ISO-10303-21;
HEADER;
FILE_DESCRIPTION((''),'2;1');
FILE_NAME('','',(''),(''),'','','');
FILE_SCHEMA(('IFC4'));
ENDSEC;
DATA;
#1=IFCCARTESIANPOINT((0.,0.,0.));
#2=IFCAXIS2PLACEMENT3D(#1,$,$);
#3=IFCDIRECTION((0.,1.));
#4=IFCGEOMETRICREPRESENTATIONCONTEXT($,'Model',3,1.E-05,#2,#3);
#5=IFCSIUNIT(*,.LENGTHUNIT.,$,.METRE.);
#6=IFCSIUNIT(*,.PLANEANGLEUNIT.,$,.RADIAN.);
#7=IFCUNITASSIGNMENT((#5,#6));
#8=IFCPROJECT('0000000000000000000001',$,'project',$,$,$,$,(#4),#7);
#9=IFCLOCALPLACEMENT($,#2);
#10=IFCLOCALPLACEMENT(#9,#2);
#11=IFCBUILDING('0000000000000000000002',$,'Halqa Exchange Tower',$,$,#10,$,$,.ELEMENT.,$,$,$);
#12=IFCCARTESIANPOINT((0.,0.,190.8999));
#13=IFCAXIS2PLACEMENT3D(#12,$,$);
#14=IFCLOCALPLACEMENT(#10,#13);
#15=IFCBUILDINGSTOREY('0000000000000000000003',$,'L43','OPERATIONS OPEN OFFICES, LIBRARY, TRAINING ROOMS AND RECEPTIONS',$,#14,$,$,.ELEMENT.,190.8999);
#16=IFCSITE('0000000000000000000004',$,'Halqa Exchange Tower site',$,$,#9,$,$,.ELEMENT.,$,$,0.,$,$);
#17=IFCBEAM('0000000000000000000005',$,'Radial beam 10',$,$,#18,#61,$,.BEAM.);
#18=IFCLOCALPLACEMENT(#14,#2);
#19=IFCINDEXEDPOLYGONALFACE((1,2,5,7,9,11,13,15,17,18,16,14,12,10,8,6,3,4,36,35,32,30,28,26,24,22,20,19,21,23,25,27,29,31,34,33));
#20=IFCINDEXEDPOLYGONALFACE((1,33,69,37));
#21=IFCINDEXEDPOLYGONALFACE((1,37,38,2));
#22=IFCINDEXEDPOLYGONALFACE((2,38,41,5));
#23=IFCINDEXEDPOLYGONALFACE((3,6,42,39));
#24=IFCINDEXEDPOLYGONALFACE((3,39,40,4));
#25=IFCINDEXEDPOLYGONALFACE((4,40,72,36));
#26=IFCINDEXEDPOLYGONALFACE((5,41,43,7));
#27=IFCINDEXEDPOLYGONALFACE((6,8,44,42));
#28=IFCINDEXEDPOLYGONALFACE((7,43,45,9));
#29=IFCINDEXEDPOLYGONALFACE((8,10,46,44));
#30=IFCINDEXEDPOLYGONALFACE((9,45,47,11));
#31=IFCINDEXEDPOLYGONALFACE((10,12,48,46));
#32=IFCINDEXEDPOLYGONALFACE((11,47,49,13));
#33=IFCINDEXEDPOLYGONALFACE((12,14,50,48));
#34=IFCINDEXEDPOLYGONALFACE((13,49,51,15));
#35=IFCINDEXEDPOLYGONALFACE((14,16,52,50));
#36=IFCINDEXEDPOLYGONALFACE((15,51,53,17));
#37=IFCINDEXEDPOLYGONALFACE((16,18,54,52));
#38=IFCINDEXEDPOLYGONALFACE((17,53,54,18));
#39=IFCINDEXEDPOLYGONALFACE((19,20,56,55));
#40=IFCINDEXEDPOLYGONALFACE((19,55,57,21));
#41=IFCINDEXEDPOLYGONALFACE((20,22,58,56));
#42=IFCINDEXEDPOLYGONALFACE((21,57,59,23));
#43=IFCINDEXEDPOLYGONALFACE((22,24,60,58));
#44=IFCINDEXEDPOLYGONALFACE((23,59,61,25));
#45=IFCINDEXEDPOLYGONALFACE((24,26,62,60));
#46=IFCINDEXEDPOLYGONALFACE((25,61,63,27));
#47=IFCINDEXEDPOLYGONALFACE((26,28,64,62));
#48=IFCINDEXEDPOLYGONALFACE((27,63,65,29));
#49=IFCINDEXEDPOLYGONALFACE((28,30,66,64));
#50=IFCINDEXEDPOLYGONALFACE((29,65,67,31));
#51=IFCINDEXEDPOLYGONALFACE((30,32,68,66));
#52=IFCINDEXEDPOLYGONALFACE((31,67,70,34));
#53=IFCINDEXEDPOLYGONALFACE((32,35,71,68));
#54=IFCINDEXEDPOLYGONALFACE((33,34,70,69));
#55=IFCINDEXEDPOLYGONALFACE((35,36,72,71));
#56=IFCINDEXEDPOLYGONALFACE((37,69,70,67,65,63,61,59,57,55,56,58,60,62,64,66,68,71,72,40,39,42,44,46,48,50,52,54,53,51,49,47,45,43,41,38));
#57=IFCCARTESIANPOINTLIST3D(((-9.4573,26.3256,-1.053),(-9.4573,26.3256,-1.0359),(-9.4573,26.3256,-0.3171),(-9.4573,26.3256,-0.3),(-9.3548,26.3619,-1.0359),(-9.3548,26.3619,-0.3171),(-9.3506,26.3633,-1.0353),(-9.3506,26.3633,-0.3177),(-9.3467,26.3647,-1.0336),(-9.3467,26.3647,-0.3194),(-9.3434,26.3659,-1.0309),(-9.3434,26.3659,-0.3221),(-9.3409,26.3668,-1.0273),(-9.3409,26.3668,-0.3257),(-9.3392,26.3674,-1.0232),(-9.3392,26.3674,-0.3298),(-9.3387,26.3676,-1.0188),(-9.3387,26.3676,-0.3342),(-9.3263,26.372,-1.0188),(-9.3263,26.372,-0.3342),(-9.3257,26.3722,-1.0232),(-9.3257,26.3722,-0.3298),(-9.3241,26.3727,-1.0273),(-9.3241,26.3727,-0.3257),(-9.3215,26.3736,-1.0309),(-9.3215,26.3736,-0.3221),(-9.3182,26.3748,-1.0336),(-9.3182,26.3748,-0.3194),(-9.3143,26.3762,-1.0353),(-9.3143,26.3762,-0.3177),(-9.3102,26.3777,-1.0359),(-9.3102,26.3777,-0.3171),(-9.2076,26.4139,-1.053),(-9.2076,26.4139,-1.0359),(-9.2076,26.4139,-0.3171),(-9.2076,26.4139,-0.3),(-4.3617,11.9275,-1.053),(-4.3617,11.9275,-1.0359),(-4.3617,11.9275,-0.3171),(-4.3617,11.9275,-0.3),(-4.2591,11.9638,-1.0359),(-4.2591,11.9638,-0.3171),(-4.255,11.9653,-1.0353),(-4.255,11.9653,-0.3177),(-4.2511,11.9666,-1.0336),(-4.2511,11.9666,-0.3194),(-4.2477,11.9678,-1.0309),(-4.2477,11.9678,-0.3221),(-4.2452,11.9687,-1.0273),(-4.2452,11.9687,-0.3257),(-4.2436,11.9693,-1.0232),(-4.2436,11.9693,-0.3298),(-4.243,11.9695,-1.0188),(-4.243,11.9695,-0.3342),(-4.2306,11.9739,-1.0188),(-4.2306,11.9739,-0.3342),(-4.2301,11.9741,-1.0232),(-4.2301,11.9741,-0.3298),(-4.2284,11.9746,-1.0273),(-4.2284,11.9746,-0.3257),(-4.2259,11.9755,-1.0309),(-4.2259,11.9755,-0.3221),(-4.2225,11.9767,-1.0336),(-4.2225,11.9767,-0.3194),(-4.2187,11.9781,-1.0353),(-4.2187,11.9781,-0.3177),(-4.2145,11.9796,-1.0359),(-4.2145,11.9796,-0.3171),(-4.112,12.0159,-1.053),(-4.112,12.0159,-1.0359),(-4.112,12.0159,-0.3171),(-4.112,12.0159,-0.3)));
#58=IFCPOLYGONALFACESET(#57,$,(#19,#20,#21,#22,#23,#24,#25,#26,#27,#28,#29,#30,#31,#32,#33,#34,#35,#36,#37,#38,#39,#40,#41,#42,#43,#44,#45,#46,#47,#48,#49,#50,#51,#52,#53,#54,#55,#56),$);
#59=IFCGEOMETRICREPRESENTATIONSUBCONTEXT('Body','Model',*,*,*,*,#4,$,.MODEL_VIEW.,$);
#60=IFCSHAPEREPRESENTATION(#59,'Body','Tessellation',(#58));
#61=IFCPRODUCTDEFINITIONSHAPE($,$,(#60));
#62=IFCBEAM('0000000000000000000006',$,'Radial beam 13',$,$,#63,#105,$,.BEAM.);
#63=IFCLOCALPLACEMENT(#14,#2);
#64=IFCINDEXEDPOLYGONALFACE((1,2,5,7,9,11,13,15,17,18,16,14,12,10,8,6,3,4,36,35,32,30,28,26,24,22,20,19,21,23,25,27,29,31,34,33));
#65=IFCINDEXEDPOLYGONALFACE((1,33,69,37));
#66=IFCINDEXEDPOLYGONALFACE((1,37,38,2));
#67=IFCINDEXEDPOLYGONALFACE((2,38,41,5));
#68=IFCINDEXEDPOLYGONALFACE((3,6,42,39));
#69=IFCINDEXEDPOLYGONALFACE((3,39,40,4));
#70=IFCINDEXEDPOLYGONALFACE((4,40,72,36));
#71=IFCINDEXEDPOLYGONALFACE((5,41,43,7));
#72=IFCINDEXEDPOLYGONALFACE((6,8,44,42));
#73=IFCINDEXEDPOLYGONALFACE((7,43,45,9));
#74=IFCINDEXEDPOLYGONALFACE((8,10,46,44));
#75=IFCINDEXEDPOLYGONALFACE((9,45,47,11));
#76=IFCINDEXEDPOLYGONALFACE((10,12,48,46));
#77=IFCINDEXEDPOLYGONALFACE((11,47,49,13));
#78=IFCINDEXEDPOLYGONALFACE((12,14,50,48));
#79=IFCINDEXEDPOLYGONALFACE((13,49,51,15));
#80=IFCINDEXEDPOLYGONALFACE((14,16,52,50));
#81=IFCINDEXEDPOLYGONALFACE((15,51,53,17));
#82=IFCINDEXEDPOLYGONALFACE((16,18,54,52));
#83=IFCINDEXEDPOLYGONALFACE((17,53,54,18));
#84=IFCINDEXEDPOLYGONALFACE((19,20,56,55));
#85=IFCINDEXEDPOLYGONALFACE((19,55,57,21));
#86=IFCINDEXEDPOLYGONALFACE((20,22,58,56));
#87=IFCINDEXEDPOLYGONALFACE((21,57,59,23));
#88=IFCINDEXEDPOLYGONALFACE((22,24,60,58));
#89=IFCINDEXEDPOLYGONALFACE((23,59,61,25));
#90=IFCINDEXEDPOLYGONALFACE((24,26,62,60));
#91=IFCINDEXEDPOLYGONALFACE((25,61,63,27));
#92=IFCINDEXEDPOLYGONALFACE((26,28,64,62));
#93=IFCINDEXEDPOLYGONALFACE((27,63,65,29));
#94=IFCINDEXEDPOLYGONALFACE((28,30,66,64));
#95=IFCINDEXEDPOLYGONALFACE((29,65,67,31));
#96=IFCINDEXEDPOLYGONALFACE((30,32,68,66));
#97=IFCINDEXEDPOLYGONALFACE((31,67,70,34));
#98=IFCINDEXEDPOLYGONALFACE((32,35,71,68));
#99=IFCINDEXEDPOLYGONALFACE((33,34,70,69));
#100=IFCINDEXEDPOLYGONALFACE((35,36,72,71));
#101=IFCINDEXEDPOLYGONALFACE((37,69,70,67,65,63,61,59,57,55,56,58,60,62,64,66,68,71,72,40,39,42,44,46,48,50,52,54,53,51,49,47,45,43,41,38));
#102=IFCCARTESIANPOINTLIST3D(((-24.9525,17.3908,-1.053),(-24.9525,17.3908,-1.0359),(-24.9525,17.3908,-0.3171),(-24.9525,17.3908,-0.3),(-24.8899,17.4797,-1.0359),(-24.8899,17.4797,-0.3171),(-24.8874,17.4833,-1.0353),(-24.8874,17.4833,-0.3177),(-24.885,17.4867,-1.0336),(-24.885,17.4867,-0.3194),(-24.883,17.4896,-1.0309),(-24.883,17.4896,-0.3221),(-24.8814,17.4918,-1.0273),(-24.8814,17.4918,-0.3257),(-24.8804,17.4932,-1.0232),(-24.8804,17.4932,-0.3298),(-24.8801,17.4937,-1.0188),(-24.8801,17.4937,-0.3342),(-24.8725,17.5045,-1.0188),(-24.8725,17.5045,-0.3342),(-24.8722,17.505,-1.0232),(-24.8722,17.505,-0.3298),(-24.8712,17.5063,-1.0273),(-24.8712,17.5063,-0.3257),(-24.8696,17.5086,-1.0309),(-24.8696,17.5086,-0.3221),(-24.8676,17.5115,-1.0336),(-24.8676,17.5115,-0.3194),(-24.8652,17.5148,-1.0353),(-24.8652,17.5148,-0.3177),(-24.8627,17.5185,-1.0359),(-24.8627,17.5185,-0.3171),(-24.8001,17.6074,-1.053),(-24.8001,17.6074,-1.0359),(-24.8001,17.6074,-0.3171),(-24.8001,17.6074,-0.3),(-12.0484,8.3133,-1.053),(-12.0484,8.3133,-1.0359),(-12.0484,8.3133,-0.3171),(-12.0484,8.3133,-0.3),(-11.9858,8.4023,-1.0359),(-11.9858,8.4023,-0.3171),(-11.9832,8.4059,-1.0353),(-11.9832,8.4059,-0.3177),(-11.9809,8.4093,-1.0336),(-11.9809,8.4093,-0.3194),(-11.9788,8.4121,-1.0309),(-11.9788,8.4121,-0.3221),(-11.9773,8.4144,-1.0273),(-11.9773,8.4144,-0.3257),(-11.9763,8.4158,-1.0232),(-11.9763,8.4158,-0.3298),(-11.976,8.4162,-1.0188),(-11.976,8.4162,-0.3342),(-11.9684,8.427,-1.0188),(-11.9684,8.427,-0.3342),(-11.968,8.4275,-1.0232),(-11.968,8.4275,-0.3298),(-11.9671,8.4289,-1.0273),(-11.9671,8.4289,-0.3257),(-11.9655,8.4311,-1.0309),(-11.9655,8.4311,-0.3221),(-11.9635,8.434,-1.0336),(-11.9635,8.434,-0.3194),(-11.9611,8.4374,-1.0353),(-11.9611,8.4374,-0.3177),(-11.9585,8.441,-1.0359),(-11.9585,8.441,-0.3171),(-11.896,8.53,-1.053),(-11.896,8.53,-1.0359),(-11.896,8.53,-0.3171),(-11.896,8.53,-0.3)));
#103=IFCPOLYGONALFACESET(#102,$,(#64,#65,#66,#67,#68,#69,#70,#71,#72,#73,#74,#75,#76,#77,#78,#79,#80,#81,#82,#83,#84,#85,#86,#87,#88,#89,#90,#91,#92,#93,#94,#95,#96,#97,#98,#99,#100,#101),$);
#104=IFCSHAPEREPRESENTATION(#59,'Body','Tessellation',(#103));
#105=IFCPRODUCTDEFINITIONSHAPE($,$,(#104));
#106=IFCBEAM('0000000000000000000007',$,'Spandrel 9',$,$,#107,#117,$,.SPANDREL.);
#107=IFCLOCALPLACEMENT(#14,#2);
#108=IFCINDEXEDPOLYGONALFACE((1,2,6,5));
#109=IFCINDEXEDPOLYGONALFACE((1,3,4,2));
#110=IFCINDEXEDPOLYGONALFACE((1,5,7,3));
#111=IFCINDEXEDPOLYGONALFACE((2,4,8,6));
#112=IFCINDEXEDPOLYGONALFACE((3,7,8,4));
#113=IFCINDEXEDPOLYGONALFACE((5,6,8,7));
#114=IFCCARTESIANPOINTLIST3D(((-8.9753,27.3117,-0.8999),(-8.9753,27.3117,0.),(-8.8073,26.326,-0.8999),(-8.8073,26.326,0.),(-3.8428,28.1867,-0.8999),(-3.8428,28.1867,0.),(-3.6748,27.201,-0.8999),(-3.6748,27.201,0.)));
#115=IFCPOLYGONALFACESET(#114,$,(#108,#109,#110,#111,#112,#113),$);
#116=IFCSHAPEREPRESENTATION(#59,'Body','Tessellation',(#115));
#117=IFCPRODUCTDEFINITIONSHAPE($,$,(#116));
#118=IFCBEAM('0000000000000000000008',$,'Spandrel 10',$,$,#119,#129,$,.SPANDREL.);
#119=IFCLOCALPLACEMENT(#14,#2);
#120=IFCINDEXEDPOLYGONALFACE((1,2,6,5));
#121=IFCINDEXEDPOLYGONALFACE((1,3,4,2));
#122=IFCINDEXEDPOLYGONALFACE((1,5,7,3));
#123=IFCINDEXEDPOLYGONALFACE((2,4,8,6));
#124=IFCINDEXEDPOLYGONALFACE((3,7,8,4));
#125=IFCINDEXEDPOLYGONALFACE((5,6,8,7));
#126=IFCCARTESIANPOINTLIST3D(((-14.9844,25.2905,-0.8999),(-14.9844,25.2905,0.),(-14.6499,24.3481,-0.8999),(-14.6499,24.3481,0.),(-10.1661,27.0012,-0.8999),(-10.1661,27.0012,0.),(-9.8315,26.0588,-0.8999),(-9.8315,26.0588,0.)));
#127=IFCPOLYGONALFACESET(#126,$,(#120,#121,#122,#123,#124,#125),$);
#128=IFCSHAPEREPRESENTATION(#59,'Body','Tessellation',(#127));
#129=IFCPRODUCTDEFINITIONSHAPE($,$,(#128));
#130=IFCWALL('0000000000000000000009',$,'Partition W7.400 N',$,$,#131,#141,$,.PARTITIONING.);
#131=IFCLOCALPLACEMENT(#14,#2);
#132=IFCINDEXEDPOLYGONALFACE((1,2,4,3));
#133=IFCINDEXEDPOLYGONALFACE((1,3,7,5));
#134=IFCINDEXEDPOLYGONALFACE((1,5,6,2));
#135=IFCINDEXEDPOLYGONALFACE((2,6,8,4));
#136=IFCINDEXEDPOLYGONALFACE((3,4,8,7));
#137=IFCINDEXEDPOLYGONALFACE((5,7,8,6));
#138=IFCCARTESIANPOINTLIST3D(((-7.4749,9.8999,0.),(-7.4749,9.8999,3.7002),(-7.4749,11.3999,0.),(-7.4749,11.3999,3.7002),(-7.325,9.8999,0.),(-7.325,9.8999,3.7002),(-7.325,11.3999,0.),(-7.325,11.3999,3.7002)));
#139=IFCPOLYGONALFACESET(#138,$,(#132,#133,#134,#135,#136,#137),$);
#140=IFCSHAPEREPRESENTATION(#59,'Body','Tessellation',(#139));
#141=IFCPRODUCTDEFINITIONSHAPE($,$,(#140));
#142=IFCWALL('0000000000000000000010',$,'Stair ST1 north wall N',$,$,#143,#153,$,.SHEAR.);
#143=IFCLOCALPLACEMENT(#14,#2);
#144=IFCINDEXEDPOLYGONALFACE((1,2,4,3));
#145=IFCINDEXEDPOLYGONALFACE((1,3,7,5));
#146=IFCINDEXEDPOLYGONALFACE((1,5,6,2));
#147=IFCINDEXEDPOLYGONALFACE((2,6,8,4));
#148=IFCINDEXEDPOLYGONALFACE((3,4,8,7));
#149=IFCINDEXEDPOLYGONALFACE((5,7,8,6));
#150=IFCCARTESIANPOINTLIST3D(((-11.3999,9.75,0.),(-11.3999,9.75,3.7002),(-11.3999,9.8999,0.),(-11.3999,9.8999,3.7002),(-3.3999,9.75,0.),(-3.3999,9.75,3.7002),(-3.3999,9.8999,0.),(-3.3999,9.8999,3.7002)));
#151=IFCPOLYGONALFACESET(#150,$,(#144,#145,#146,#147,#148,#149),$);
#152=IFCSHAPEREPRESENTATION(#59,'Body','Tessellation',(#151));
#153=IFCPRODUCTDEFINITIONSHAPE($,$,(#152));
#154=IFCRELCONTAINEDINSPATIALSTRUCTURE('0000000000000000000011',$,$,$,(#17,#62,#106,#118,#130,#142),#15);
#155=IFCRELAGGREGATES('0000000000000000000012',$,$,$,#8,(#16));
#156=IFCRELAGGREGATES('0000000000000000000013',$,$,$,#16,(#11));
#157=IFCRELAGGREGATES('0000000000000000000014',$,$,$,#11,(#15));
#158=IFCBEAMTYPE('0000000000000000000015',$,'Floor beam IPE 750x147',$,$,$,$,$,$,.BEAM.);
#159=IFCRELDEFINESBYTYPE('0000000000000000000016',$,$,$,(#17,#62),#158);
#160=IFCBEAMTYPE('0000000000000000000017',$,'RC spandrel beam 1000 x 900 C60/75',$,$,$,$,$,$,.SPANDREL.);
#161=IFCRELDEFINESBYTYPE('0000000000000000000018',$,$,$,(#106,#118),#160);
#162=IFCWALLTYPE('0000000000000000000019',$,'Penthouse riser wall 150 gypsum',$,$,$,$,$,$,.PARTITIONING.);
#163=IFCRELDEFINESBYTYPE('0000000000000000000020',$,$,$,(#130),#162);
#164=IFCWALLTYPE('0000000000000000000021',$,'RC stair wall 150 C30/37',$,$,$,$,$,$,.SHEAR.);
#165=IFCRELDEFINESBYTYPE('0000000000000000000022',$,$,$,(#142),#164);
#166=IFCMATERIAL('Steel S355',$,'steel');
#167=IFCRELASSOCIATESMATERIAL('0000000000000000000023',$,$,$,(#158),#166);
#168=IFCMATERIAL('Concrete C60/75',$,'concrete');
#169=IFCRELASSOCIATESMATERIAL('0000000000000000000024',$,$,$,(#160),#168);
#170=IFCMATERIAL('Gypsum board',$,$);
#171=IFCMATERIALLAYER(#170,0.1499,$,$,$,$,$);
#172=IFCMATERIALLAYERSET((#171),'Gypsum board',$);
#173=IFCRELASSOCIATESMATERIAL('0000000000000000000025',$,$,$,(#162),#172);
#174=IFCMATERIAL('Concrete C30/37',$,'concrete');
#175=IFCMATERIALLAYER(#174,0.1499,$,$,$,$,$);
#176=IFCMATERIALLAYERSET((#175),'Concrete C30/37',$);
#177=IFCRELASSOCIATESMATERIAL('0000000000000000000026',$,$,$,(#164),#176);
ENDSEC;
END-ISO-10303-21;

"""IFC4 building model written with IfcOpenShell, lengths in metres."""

from ifc_helpers import new_model, si_unit, direction, frame, frame_2d, origin, origin_2d, place, context, subcontext, project, spatial, rectangle, i_section, extrude, material, layer, layer_set, material_profile, profile_set, type_object, element, save


model = new_model("IFC4")

# Units and contexts
model_context = context("Model", 3, precision=1e-05, world=origin(), true_north=direction((0.0, 1.0)))
body_context = subcontext(model_context, "Body", "Model", "MODEL_VIEW")
ifc_project = project(units=[si_unit("LENGTHUNIT", "METRE"), si_unit("PLANEANGLEUNIT", "RADIAN")], contexts=[model_context])

# Site, building, storey
site_placement = place(None, origin())
site = spatial("IfcSite", under=ifc_project, at=site_placement, Name="Halqa Exchange Tower site", CompositionType="ELEMENT", RefElevation=0.0)
building_placement = place(site_placement, origin())
building = spatial("IfcBuilding", under=site, at=building_placement, Name="Halqa Exchange Tower", CompositionType="ELEMENT")
storey_placement = place(building_placement, frame((0.0, 0.0, 190.8999)))
storey = spatial("IfcBuildingStorey", under=building, at=storey_placement, Name="L43", Description="OPERATIONS OPEN OFFICES, LIBRARY, TRAINING ROOMS AND RECEPTIONS", CompositionType="ELEMENT", Elevation=190.8999)

# Shared definitions
ifc_material_1 = material(Name="Concrete C60/75", Category="concrete")

# Beams
ifc_material_2 = material(Name="Steel S355", Category="steel")
ifc_material_profile_1 = material_profile(ifc_material_2, i_section(OverallWidth=0.2649, OverallDepth=0.7529, WebThickness=0.0132, FlangeThickness=0.0171, FilletRadius=0.0171, at=origin_2d()), Name="IPE 750x147")
ifc_profile_set_1 = profile_set([ifc_material_profile_1], Name="Steel S355")
beam_type_1 = type_object("IfcBeamType", Name="Floor beam IPE 750x147", PredefinedType="BEAM", material=ifc_profile_set_1)
beam_1_placement = place(storey_placement, frame((-4.2368, 11.9717, -0.6765), z_axis=(-0.333634, 0.942703, 0.0), x_axis=(-0.942703, -0.333634, 0.0)))
element("IfcBeam", 1, at=beam_1_placement, inside=storey, type_object=beam_type_1, Name="Radial beam 10", PredefinedType="BEAM", context=body_context, shape_type="SweptSolid", body=[
    extrude(i_section(OverallWidth=0.2649, OverallDepth=0.7529, WebThickness=0.0132, FlangeThickness=0.0171, FilletRadius=0.0171, at=origin_2d()), origin(), (0.0, 0.0, 1.0), 15.2732),
])
beam_2_placement = place(storey_placement, frame((-11.9722, 8.4216, -0.6765), z_axis=(-0.817903, 0.575356, 0.0), x_axis=(-0.575356, -0.817903, 0.0)))
element("IfcBeam", 2, at=beam_2_placement, inside=storey, type_object=beam_type_1, Name="Radial beam 13", PredefinedType="BEAM", context=body_context, shape_type="SweptSolid", body=[
    extrude(i_section(OverallWidth=0.2649, OverallDepth=0.7529, WebThickness=0.0132, FlangeThickness=0.0171, FilletRadius=0.0171, at=origin_2d()), origin(), (0.0, 0.0, 1.0), 15.7771),
])
ifc_material_profile_2 = material_profile(ifc_material_1, rectangle(XDim=1.0, YDim=0.8999, at=origin_2d()), Name="1000 x 900")
ifc_profile_set_2 = profile_set([ifc_material_profile_2], Name="Concrete C60/75")
beam_type_2 = type_object("IfcBeamType", Name="RC spandrel beam 1000 x 900 C60/75", PredefinedType="SPANDREL", material=ifc_profile_set_2)
beam_3_placement = place(storey_placement, frame((-3.7588, 27.6938, -0.45), z_axis=(-0.985778, -0.168055, 0.0), x_axis=(0.168055, -0.985778, 0.0)))
element("IfcBeam", 3, at=beam_3_placement, inside=storey, type_object=beam_type_2, Name="Spandrel 9", PredefinedType="SPANDREL", context=body_context, shape_type="SweptSolid", body=[
    extrude(rectangle(XDim=1.0, YDim=0.8999, at=origin_2d()), origin(), (0.0, 0.0, 1.0), 5.2065),
])
beam_4_placement = place(storey_placement, frame((-9.9988, 26.53, -0.45), z_axis=(-0.942369, -0.334575, 0.0), x_axis=(0.334575, -0.942369, 0.0)))
element("IfcBeam", 4, at=beam_4_placement, inside=storey, type_object=beam_type_2, Name="Spandrel 10", PredefinedType="SPANDREL", context=body_context, shape_type="SweptSolid", body=[
    extrude(rectangle(XDim=1.0, YDim=0.8999, at=origin_2d()), origin(), (0.0, 0.0, 1.0), 5.113),
])

# Walls
ifc_material_3 = material(Name="Gypsum board")
ifc_layer_1 = layer(ifc_material_3, 0.1499)
ifc_layer_set_1 = layer_set([ifc_layer_1], Name="Gypsum board")
wall_type_1 = type_object("IfcWallType", Name="Penthouse riser wall 150 gypsum", PredefinedType="PARTITIONING", material=ifc_layer_set_1)
wall_1_placement = place(storey_placement, frame((-7.3999, 9.8999, 0.0), z_axis=(0.0, 0.0, 1.0), x_axis=(0.0, 1.0, 0.0)))
element("IfcWall", 5, at=wall_1_placement, inside=storey, type_object=wall_type_1, Name="Partition W7.400 N", PredefinedType="PARTITIONING", context=body_context, shape_type="SweptSolid", body=[
    extrude(rectangle(XDim=1.5, YDim=0.1499, at=frame_2d((0.75, 0.0))), origin(), (0.0, 0.0, 1.0), 3.7002),
])
ifc_material_4 = material(Name="Concrete C30/37", Category="concrete")
ifc_layer_2 = layer(ifc_material_4, 0.1499)
ifc_layer_set_2 = layer_set([ifc_layer_2], Name="Concrete C30/37")
wall_type_2 = type_object("IfcWallType", Name="RC stair wall 150 C30/37", PredefinedType="SHEAR", material=ifc_layer_set_2)
wall_2_placement = place(storey_placement, frame((-11.3999, 9.825, 0.0), z_axis=(0.0, 0.0, 1.0), x_axis=(1.0, 0.0, 0.0)))
element("IfcWall", 6, at=wall_2_placement, inside=storey, type_object=wall_type_2, Name="Stair ST1 north wall N", PredefinedType="SHEAR", context=body_context, shape_type="SweptSolid", body=[
    extrude(rectangle(XDim=8.0, YDim=0.1499, at=frame_2d((4.0, 0.0))), origin(), (0.0, 0.0, 1.0), 3.7002),
])

save(model, "model.ifc")
